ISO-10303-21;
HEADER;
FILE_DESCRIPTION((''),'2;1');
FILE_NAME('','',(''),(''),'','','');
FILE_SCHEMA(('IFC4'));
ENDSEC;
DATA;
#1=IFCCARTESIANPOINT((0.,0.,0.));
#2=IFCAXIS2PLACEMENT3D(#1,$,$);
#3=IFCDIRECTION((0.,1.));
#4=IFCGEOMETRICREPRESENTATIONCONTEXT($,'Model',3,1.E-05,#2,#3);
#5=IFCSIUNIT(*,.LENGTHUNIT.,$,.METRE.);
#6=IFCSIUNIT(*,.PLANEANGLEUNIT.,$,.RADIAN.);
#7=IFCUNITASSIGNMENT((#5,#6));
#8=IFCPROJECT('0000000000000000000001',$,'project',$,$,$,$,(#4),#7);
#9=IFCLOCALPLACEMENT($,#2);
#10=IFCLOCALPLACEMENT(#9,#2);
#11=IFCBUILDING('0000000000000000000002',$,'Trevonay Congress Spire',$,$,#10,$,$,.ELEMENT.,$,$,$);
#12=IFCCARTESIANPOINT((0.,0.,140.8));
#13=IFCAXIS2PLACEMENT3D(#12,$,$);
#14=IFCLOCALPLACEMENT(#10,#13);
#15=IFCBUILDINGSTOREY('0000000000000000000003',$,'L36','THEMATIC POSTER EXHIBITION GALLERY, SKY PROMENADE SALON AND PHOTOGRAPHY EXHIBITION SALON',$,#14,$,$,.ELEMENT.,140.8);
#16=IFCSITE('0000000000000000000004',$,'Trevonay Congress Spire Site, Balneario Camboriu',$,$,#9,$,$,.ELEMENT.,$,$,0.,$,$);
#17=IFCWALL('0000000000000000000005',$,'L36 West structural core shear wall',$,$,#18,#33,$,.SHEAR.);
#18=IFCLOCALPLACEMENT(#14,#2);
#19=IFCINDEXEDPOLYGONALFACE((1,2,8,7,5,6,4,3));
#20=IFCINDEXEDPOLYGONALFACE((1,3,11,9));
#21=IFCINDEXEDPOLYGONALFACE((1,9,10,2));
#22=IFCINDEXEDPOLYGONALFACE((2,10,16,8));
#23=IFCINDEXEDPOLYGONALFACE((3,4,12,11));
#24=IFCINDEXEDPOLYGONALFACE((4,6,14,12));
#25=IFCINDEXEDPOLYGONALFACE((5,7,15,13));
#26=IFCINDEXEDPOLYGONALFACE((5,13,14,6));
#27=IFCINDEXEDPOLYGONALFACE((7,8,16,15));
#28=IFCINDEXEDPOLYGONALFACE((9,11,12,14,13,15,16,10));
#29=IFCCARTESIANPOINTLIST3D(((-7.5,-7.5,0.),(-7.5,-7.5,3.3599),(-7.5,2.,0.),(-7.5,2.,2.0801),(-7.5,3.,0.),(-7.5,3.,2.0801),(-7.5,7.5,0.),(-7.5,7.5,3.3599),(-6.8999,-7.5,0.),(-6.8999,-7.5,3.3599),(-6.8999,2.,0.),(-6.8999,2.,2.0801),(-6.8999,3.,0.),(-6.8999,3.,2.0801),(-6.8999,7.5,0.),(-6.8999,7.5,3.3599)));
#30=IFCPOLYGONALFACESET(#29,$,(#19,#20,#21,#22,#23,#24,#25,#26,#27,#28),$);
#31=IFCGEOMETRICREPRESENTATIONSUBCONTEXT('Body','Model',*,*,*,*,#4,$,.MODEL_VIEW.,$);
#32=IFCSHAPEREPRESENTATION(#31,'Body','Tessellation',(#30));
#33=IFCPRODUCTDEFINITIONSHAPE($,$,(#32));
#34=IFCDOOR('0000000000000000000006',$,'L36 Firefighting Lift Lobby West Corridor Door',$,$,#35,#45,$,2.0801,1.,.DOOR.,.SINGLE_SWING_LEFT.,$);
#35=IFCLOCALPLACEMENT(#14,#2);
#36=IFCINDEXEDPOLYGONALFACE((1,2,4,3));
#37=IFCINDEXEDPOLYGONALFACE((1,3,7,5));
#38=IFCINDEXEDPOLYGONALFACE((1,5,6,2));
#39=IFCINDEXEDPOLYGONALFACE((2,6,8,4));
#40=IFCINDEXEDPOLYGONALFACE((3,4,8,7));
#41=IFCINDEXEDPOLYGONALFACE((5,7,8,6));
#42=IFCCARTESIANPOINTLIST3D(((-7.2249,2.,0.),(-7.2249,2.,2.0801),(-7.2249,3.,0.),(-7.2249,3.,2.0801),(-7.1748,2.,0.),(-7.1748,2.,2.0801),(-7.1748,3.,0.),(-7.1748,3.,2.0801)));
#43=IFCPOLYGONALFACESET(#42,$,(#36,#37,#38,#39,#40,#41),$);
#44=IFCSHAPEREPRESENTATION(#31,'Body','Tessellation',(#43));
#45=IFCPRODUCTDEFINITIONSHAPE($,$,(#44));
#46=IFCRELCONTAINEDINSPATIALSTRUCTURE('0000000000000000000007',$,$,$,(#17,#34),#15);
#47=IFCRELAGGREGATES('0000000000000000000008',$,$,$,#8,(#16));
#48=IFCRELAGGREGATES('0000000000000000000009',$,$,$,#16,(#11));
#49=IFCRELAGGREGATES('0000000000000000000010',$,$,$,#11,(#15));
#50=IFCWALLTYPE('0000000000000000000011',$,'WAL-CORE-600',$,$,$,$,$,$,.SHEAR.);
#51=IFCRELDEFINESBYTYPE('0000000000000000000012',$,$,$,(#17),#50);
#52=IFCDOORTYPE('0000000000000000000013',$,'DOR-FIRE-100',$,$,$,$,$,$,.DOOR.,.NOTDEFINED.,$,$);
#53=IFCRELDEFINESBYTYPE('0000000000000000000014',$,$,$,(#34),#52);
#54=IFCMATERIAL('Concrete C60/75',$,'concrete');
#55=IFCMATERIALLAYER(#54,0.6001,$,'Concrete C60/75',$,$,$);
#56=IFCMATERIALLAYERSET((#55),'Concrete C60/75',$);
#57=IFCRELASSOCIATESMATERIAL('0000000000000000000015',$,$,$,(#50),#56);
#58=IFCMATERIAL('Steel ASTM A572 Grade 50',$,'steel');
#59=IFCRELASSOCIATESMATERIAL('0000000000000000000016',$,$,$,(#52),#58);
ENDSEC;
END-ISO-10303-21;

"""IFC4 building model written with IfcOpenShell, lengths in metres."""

from ifc_helpers import new_model, si_unit, direction, frame, frame_2d, origin, place, context, subcontext, project, spatial, rectangle, extrude, material, layer, layer_set, type_object, element, fill, save


model = new_model("IFC4")

# Units and contexts
model_context = context("Model", 3, precision=1e-05, world=origin(), true_north=direction((0.0, 1.0)))
body_context = subcontext(model_context, "Body", "Model", "MODEL_VIEW")
ifc_project = project(units=[si_unit("LENGTHUNIT", "METRE"), si_unit("PLANEANGLEUNIT", "RADIAN")], contexts=[model_context])

# Site, building, storey
site_placement = place(None, origin())
site = spatial("IfcSite", under=ifc_project, at=site_placement, Name="Trevonay Congress Spire Site, Balneario Camboriu", CompositionType="ELEMENT", RefElevation=0.0)
building_placement = place(site_placement, origin())
building = spatial("IfcBuilding", under=site, at=building_placement, Name="Trevonay Congress Spire", CompositionType="ELEMENT")
storey_placement = place(building_placement, frame((0.0, 0.0, 140.8)))
storey = spatial("IfcBuildingStorey", under=building, at=storey_placement, Name="L36", Description="THEMATIC POSTER EXHIBITION GALLERY, SKY PROMENADE SALON AND PHOTOGRAPHY EXHIBITION SALON", CompositionType="ELEMENT", Elevation=140.8)

# Shared definitions
ifc_material_1 = material(Name="Steel ASTM A572 Grade 50", Category="steel")

# Wall, opening, door
ifc_material_2 = material(Name="Concrete C60/75", Category="concrete")
ifc_layer_1 = layer(ifc_material_2, 0.6001, Name="Concrete C60/75")
ifc_layer_set_1 = layer_set([ifc_layer_1], Name="Concrete C60/75")
wall_type = type_object("IfcWallType", Name="WAL-CORE-600", PredefinedType="SHEAR", material=ifc_layer_set_1)
wall_placement = place(storey_placement, frame((-7.2, -7.5, 0.0), z_axis=(0.0, 0.0, 1.0), x_axis=(0.0, 1.0, 0.0)))
wall = element("IfcWall", 1, at=wall_placement, inside=storey, type_object=wall_type, Name="L36 West structural core shear wall", PredefinedType="SHEAR", context=body_context, shape_type="SweptSolid", body=[
    extrude(rectangle(XDim=15.0, YDim=0.6001, at=frame_2d((7.5, 0.0))), origin(), (0.0, 0.0, 1.0), 3.3599),
])
opening_placement = place(wall_placement, frame((9.5, 0.0, 0.0)))
opening = element("IfcOpeningElement", 2, at=opening_placement, cuts=wall, PredefinedType="OPENING", context=body_context, shape_type="SweptSolid", body=[
    extrude(rectangle(XDim=1.0, YDim=2.0801, at=frame_2d((0.5, 1.04))), frame((0.0, 0.3101, 0.0), z_axis=(0.0, -1.0, 0.0), x_axis=(1.0, 0.0, 0.0)), (0.0, 0.0, 1.0), 0.6201),
])
door_type = type_object("IfcDoorType", Name="DOR-FIRE-100", OperationType="NOTDEFINED", PredefinedType="DOOR", material=ifc_material_1)
door_placement = place(opening_placement, origin())
door = element("IfcDoor", 3, at=door_placement, inside=storey, type_object=door_type, Name="L36 Firefighting Lift Lobby West Corridor Door", OperationType="SINGLE_SWING_LEFT", OverallHeight=2.0801, OverallWidth=1.0, PredefinedType="DOOR", context=body_context, shape_type="SweptSolid", body=[
    extrude(rectangle(XDim=1.0, YDim=2.0801, at=frame_2d((0.5, 1.04))), frame((0.0, 0.0249, 0.0), z_axis=(0.0, -1.0, 0.0), x_axis=(1.0, 0.0, 0.0)), (0.0, 0.0, 1.0), 0.05),
])
fill(opening, door)

save(model, "model.ifc")
